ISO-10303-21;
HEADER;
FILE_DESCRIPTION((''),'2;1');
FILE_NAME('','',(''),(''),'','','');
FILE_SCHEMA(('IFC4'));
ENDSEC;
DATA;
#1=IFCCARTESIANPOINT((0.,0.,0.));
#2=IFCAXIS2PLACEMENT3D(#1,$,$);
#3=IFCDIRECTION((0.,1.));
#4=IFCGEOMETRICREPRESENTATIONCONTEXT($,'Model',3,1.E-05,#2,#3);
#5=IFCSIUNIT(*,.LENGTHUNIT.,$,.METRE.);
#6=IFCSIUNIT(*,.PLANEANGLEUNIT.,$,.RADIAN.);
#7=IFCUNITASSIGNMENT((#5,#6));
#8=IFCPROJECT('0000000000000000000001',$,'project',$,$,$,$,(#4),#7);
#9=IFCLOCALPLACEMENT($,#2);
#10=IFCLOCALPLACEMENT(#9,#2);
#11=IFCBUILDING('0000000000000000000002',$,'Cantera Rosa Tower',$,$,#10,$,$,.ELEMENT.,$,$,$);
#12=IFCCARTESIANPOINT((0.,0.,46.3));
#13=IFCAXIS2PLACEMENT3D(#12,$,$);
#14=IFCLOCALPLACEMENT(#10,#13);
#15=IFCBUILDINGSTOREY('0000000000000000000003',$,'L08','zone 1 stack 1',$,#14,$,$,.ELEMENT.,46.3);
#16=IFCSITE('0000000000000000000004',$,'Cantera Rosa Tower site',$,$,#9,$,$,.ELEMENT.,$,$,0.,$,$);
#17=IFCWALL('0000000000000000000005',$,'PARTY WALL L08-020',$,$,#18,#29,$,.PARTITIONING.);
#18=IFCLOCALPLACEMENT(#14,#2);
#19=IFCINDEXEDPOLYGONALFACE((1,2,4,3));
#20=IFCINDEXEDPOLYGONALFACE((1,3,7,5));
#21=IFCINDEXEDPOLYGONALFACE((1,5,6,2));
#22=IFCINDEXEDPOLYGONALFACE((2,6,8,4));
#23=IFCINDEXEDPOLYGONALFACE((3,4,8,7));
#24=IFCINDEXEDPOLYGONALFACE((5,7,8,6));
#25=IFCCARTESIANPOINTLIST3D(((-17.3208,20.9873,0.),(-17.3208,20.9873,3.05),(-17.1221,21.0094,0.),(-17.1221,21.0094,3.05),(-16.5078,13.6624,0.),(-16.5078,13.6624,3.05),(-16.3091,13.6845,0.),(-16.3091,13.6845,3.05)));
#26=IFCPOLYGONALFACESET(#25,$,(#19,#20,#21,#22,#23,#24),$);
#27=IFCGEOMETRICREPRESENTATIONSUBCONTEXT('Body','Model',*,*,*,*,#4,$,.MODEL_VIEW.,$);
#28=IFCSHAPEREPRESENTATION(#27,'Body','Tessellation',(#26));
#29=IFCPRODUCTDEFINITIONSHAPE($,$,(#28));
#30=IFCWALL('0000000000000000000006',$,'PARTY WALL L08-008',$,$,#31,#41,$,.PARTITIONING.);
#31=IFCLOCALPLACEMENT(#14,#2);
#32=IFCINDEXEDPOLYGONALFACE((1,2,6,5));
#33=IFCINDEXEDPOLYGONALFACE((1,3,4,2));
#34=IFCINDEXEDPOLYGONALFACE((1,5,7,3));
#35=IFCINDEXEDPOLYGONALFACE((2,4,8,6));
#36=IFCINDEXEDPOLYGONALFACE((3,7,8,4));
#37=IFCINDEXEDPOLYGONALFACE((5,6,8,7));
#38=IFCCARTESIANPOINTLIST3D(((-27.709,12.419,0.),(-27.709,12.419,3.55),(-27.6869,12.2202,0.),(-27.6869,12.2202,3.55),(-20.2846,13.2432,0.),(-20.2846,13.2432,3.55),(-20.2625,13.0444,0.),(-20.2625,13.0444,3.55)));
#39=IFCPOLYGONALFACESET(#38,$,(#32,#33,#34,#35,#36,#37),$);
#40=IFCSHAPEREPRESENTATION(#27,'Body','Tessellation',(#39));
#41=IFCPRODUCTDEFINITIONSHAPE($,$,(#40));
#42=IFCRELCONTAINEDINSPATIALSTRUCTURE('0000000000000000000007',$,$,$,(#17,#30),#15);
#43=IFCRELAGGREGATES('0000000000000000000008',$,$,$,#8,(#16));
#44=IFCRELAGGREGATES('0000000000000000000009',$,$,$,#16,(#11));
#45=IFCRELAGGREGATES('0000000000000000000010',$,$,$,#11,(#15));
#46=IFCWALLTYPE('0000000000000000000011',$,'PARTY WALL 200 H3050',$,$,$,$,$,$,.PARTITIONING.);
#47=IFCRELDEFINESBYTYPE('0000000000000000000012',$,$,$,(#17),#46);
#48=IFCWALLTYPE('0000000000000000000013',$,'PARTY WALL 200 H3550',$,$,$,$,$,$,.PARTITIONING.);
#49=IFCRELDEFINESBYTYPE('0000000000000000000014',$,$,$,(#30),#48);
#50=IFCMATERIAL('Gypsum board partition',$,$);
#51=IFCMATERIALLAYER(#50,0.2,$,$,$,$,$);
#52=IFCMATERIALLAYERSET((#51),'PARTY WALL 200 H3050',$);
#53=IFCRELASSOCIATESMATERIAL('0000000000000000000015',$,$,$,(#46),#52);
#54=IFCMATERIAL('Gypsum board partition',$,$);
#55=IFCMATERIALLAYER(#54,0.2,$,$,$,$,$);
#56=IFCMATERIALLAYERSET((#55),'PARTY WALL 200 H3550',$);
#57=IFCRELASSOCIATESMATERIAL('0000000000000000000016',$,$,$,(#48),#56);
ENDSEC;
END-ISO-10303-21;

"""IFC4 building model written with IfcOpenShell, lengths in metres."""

from ifc_helpers import new_model, si_unit, direction, frame, frame_2d, origin, place, context, subcontext, project, spatial, rectangle, extrude, material, layer, layer_set, type_object, element, save


model = new_model("IFC4")

# Units and contexts
model_context = context("Model", 3, precision=1e-05, world=origin(), true_north=direction((0.0, 1.0)))
body_context = subcontext(model_context, "Body", "Model", "MODEL_VIEW")
ifc_project = project(units=[si_unit("LENGTHUNIT", "METRE"), si_unit("PLANEANGLEUNIT", "RADIAN")], contexts=[model_context])

# Site, building, storey
site_placement = place(None, origin())
site = spatial("IfcSite", under=ifc_project, at=site_placement, Name="Cantera Rosa Tower site", CompositionType="ELEMENT", RefElevation=0.0)
building_placement = place(site_placement, origin())
building = spatial("IfcBuilding", under=site, at=building_placement, Name="Cantera Rosa Tower", CompositionType="ELEMENT")
storey_placement = place(building_placement, frame((0.0, 0.0, 46.3)))
storey = spatial("IfcBuildingStorey", under=building, at=storey_placement, Name="L08", Description="zone 1 stack 1", CompositionType="ELEMENT", Elevation=46.3)

# Walls
ifc_material_1 = material(Name="Gypsum board partition")
ifc_layer_1 = layer(ifc_material_1, 0.2)
ifc_layer_set_1 = layer_set([ifc_layer_1], Name="PARTY WALL 200 H3050")
wall_type_1 = type_object("IfcWallType", Name="PARTY WALL 200 H3050", PredefinedType="PARTITIONING", material=ifc_layer_set_1)
wall_1_placement = place(storey_placement, frame((-16.4084, 13.6733, 0.0), z_axis=(0.0, 0.0, 1.0), x_axis=(-0.110312, 0.993897, 0.0)))
element("IfcWall", 1, at=wall_1_placement, inside=storey, type_object=wall_type_1, Name="PARTY WALL L08-020", PredefinedType="PARTITIONING", context=body_context, shape_type="SweptSolid", body=[
    extrude(rectangle(XDim=7.3699, YDim=0.2, at=frame_2d((3.6851, 0.0))), origin(), (0.0, 0.0, 1.0), 3.05),
])
ifc_material_2 = material(Name="Gypsum board partition")
ifc_layer_2 = layer(ifc_material_2, 0.2)
ifc_layer_set_2 = layer_set([ifc_layer_2], Name="PARTY WALL 200 H3550")
wall_type_2 = type_object("IfcWallType", Name="PARTY WALL 200 H3550", PredefinedType="PARTITIONING", material=ifc_layer_set_2)
wall_2_placement = place(storey_placement, frame((-20.2737, 13.1438, 0.0), z_axis=(0.0, 0.0, 1.0), x_axis=(-0.993894, -0.110338, 0.0)))
element("IfcWall", 2, at=wall_2_placement, inside=storey, type_object=wall_type_2, Name="PARTY WALL L08-008", PredefinedType="PARTITIONING", context=body_context, shape_type="SweptSolid", body=[
    extrude(rectangle(XDim=7.47, YDim=0.2, at=frame_2d((3.7349, 0.0))), origin(), (0.0, 0.0, 1.0), 3.55),
])

save(model, "model.ifc")
